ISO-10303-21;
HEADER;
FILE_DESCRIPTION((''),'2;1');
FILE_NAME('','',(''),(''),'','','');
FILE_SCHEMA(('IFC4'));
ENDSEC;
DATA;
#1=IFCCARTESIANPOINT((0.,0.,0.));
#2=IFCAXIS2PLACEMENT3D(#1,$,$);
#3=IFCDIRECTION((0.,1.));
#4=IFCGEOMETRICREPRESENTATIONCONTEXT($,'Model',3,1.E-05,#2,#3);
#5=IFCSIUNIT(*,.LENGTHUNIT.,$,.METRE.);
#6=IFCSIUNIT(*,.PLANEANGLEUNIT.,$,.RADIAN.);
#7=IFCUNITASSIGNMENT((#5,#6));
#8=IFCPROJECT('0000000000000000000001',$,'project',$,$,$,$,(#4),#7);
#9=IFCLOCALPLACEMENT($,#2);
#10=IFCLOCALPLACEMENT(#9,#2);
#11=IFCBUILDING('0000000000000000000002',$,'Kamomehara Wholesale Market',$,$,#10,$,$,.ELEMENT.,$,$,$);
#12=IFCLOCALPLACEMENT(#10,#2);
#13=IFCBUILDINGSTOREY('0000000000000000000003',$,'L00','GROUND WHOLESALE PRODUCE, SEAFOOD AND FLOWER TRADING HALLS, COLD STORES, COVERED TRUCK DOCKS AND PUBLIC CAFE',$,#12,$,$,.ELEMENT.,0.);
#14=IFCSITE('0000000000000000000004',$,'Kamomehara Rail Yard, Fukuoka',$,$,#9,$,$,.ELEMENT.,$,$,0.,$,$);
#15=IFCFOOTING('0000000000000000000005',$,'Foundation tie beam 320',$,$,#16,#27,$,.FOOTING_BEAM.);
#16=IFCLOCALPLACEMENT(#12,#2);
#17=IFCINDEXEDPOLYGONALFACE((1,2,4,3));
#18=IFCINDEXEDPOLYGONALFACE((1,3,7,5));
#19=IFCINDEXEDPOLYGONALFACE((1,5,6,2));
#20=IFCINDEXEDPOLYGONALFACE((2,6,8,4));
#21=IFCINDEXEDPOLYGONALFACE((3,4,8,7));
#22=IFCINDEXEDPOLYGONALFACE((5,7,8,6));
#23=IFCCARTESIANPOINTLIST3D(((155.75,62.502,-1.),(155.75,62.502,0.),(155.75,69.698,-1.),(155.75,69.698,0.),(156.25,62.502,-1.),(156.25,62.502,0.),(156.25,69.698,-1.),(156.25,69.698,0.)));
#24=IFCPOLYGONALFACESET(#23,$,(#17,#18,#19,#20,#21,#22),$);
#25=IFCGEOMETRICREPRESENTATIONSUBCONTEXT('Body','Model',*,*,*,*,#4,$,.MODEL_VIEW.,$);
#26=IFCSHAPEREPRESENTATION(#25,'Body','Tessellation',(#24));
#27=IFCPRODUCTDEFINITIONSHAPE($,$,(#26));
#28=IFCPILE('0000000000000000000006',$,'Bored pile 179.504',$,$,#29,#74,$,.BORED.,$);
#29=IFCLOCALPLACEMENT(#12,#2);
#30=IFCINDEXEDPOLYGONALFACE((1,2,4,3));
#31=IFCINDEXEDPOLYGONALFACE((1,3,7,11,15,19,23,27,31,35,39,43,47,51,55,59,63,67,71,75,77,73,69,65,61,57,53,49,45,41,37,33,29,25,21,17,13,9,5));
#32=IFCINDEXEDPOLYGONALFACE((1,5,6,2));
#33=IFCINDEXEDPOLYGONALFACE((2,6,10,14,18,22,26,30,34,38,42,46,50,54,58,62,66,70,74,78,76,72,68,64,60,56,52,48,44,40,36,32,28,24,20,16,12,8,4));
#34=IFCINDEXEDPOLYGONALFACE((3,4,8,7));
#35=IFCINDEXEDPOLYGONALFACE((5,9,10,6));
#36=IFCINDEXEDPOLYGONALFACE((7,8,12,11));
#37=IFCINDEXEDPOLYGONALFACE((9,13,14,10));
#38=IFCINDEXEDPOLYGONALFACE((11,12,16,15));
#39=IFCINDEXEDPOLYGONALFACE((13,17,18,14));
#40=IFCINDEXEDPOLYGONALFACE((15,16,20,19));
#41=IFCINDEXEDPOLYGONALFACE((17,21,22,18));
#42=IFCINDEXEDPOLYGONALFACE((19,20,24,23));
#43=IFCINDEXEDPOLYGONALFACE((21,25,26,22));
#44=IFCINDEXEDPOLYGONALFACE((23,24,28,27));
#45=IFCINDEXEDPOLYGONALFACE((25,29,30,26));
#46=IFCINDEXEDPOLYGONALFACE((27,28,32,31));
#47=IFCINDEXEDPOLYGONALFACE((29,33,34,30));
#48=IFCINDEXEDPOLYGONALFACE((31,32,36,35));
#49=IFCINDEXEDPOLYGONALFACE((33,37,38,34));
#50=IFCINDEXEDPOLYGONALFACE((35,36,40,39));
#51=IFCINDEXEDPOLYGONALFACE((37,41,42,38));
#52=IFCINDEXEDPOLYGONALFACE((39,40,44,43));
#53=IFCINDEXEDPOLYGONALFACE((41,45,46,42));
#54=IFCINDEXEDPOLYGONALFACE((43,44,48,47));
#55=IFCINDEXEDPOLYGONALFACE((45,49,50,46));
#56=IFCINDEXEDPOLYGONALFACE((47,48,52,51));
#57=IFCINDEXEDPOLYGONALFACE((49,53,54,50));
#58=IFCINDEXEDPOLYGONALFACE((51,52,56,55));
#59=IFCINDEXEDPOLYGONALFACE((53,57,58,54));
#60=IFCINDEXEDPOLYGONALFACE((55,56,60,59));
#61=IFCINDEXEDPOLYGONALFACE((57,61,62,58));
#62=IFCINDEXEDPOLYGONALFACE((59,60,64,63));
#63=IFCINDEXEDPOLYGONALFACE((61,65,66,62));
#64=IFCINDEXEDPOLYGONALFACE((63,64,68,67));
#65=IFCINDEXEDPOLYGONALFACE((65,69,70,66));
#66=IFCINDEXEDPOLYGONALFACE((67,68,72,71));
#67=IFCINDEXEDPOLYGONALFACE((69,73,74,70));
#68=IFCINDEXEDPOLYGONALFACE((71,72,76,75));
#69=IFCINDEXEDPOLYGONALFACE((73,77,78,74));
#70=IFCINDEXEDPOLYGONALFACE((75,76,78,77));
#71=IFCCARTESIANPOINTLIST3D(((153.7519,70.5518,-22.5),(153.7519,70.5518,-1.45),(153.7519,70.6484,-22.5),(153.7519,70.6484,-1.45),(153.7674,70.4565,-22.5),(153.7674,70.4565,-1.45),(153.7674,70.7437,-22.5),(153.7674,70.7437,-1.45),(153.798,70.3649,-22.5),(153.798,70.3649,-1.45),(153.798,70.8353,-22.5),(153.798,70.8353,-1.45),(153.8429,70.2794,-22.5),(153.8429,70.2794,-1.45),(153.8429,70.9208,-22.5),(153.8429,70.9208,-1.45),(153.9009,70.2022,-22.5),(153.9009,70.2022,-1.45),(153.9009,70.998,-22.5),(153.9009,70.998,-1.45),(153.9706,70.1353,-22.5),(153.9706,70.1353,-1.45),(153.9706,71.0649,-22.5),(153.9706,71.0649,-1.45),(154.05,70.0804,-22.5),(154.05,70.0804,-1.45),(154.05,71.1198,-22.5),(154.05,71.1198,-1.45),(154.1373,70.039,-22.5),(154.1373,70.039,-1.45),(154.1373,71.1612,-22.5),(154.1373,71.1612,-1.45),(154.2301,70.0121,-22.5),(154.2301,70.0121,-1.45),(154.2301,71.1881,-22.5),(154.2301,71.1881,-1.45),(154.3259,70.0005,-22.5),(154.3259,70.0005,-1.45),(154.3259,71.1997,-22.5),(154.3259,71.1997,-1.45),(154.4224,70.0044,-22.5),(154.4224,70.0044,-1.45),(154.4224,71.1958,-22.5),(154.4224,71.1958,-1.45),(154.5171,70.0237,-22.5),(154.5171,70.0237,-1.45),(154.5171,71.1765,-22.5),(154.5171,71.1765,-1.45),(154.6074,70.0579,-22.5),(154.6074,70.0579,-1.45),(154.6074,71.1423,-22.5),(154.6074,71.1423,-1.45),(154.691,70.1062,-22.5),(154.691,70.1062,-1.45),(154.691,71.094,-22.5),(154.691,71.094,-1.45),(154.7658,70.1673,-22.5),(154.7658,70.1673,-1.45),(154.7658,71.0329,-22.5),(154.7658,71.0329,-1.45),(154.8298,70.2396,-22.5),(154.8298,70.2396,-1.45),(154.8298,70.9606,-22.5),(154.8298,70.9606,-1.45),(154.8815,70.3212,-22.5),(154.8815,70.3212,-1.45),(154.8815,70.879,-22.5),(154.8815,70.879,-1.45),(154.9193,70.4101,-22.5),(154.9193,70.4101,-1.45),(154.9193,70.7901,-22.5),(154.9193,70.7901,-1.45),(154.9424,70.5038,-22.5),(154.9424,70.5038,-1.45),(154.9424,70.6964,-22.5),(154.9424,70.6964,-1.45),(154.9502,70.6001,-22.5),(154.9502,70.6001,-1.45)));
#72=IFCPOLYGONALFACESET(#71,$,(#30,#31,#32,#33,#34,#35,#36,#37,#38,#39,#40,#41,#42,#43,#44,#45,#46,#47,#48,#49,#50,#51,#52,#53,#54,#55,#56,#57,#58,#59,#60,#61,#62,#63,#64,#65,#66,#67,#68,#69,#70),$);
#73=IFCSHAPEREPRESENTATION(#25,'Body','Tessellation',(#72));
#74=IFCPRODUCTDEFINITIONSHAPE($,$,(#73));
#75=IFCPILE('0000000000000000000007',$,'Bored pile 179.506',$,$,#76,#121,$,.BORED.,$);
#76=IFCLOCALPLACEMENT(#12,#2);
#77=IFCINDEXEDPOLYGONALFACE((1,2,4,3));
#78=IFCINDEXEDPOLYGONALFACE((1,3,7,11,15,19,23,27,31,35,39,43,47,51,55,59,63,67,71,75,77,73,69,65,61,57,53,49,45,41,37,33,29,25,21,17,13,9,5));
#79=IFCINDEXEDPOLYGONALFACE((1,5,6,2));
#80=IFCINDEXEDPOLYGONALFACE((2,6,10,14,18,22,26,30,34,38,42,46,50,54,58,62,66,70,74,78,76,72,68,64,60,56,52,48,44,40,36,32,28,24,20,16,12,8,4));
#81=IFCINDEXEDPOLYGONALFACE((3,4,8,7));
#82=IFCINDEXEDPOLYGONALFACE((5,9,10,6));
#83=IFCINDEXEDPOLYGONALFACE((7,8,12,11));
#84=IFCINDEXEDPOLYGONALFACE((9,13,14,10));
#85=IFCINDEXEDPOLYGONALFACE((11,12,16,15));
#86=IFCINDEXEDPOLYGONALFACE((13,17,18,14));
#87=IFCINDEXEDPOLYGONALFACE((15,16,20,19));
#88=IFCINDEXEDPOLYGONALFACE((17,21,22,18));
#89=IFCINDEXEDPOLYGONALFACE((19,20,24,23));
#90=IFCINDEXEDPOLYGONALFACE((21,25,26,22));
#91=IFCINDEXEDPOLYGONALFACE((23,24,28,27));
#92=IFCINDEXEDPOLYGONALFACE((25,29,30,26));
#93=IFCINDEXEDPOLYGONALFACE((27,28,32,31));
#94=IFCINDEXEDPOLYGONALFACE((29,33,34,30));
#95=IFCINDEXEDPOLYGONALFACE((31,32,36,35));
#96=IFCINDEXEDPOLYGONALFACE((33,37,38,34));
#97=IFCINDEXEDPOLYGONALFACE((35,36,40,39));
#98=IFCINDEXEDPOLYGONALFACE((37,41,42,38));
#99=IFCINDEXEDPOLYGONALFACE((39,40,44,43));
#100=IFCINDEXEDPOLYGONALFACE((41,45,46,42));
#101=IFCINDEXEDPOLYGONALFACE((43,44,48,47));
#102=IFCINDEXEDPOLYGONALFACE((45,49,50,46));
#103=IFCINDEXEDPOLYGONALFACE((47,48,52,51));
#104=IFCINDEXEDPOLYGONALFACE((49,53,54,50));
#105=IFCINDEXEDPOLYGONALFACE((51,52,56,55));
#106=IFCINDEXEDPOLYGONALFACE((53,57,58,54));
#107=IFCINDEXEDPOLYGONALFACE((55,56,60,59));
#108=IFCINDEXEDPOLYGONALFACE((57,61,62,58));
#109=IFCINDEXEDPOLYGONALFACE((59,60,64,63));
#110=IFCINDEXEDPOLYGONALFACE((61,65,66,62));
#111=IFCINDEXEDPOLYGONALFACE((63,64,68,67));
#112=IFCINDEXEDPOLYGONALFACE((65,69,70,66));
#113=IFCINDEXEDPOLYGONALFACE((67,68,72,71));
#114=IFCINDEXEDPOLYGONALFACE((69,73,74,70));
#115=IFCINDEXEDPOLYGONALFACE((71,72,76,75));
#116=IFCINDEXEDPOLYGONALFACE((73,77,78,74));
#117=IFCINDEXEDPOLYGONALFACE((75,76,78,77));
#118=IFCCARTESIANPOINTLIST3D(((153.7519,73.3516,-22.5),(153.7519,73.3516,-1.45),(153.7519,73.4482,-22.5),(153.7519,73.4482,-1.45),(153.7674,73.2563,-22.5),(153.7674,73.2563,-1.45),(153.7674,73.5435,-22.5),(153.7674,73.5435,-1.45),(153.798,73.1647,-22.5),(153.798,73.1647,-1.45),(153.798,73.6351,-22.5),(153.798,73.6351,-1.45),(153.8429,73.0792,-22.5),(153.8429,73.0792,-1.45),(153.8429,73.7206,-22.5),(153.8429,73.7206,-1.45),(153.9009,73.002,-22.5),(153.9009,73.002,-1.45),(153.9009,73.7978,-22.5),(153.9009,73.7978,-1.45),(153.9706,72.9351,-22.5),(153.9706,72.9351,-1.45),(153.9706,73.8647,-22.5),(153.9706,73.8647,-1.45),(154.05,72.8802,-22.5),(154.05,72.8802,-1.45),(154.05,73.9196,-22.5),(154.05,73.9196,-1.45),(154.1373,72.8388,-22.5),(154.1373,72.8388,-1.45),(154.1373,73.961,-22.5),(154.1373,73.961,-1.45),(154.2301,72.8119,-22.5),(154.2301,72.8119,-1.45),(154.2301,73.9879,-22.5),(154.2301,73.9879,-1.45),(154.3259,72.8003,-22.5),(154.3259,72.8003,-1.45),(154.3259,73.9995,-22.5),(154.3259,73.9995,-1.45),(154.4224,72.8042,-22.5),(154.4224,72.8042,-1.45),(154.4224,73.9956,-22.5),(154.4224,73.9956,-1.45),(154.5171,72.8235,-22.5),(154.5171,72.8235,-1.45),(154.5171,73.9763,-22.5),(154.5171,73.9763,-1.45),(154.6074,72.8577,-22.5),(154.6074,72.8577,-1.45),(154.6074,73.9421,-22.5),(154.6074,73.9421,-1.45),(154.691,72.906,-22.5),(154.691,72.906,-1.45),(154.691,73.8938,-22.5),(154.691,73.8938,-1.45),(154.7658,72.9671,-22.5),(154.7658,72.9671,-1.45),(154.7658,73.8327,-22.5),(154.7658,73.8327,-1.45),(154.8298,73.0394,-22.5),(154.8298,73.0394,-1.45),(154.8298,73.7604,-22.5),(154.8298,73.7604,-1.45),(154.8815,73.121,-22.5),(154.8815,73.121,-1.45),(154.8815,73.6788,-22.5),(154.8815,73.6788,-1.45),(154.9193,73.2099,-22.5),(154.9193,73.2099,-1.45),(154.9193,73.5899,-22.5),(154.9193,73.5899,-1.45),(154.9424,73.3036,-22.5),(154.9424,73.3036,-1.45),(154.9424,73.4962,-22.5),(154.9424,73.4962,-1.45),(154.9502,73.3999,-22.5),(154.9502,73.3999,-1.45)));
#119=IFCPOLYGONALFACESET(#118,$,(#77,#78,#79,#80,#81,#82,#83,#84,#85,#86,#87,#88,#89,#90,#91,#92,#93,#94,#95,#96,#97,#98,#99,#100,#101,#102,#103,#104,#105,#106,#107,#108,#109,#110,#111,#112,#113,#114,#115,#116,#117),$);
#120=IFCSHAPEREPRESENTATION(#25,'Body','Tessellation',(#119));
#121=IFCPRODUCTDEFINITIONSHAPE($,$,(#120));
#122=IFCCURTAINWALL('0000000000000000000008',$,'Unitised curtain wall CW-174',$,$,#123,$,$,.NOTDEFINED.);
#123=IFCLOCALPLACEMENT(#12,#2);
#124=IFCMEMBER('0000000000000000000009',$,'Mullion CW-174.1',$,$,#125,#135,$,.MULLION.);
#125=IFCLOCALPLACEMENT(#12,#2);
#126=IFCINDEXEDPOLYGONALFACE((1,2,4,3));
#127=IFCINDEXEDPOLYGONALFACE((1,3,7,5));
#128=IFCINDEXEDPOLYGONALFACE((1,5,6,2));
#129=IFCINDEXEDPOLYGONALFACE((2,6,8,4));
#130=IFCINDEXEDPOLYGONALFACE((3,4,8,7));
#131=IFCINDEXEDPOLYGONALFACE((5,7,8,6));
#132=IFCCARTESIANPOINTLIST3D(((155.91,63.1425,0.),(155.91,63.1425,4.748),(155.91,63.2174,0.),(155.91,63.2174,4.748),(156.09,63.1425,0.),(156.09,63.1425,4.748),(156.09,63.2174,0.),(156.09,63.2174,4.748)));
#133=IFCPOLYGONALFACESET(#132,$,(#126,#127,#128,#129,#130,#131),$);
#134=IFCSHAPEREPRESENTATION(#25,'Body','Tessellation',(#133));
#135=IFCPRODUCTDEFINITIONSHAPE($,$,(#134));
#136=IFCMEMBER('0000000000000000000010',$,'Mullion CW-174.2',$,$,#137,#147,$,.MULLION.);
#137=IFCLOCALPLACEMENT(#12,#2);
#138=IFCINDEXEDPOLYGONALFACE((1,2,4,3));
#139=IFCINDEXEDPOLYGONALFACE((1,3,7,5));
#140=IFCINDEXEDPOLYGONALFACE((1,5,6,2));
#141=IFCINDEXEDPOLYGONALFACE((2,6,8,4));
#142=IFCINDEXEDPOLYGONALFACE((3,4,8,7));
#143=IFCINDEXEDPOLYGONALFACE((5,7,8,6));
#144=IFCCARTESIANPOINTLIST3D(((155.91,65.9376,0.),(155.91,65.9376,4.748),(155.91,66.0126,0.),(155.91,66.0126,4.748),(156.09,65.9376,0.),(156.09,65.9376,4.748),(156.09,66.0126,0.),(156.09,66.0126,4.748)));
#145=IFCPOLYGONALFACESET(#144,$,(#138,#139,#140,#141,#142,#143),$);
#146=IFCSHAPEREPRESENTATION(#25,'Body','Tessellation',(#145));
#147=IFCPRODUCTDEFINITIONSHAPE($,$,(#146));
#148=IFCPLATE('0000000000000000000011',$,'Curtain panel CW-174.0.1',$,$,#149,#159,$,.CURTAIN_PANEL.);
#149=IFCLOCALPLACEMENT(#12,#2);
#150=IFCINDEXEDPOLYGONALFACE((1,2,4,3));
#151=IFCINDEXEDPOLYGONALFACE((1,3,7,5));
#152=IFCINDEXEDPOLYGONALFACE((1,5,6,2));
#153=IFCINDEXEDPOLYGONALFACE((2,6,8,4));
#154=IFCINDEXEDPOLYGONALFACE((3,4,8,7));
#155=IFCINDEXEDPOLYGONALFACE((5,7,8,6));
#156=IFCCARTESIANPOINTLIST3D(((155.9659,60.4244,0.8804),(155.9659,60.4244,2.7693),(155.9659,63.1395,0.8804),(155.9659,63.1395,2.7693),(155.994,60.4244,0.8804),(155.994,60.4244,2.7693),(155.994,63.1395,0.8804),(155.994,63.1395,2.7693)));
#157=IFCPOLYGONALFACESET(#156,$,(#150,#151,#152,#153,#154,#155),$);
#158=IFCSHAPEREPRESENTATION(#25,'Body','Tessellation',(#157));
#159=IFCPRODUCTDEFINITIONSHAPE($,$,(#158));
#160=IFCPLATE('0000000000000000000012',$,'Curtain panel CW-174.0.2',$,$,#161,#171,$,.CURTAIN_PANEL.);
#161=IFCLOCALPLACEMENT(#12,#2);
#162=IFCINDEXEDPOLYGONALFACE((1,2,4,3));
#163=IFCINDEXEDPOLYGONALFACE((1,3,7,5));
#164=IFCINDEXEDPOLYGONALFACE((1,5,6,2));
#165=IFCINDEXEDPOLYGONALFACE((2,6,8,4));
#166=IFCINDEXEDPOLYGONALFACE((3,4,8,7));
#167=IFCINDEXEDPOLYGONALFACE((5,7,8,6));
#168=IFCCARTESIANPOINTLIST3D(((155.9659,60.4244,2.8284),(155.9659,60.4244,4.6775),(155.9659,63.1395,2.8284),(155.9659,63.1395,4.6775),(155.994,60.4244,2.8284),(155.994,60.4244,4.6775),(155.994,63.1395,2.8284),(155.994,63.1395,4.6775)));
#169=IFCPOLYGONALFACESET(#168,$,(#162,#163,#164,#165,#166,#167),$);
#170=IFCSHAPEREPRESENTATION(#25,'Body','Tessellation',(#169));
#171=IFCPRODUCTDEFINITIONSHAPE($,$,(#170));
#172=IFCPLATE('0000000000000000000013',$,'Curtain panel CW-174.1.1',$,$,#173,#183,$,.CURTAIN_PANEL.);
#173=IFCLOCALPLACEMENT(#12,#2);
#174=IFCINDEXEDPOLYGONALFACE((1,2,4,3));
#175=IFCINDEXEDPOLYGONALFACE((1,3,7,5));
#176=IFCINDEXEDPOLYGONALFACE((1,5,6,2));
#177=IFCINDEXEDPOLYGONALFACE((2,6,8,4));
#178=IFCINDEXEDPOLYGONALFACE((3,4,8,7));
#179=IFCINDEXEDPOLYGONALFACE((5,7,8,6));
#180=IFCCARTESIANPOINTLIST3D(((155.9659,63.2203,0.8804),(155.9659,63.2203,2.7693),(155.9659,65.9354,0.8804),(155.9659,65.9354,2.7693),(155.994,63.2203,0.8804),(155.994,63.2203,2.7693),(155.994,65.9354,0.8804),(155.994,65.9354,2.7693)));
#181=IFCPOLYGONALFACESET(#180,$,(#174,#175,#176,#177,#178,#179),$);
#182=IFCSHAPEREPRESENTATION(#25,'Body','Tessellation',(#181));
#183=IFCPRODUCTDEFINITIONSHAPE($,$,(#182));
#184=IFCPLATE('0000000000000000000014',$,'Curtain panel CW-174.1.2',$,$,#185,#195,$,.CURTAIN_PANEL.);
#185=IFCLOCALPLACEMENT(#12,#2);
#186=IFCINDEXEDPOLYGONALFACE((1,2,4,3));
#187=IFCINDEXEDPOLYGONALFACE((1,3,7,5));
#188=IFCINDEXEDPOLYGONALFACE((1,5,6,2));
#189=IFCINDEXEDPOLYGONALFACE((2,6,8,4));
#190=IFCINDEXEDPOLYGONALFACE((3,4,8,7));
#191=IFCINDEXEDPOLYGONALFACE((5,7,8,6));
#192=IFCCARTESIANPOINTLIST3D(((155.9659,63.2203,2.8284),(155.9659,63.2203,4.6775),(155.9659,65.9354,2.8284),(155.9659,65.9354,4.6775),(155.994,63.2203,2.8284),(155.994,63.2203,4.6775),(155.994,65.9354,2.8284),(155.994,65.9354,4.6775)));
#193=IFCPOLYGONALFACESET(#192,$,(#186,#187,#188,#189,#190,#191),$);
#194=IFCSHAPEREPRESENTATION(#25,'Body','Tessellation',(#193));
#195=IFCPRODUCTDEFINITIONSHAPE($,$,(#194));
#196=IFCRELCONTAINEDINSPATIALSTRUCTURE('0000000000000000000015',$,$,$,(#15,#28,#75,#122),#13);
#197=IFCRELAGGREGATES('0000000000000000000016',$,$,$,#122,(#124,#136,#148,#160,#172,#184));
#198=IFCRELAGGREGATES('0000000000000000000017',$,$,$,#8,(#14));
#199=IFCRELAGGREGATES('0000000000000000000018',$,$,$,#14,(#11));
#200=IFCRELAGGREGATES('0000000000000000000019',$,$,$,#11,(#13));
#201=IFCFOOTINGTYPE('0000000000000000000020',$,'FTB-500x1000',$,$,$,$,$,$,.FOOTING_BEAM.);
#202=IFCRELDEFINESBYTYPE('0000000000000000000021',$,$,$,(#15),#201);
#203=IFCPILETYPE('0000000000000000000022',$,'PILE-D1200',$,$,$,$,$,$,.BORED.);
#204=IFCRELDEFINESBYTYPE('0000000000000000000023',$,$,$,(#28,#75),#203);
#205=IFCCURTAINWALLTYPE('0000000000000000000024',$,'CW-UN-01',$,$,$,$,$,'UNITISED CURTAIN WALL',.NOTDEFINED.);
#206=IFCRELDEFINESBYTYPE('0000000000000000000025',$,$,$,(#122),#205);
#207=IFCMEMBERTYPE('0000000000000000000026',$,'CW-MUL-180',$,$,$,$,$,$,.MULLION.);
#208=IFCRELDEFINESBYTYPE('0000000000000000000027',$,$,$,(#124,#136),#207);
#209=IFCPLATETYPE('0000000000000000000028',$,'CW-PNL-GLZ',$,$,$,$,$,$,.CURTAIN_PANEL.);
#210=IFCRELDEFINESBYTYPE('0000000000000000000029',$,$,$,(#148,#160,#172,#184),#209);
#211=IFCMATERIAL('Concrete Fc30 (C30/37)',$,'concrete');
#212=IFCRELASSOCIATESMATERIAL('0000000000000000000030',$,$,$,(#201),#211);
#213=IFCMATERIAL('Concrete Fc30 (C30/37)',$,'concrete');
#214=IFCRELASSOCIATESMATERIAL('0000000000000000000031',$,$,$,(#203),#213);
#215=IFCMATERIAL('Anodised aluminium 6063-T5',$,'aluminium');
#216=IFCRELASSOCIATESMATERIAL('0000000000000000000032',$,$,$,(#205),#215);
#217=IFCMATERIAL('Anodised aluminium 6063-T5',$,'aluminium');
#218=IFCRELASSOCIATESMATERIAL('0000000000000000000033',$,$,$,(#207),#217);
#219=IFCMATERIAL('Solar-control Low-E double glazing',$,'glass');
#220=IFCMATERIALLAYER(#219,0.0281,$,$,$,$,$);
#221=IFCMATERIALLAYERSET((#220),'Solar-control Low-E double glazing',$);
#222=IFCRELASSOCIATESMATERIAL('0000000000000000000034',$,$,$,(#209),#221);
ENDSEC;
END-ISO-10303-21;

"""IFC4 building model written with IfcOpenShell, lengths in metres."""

from ifc_helpers import new_model, si_unit, direction, frame, origin, origin_2d, place, context, subcontext, project, spatial, rectangle, circle, extrude, material, layer, layer_set, material_profile, profile_set, type_object, element, aggregate, save


model = new_model("IFC4")

# Units and contexts
model_context = context("Model", 3, precision=1e-05, world=origin(), true_north=direction((0.0, 1.0)))
body_context = subcontext(model_context, "Body", "Model", "MODEL_VIEW")
ifc_project = project(units=[si_unit("LENGTHUNIT", "METRE"), si_unit("PLANEANGLEUNIT", "RADIAN")], contexts=[model_context])

# Site, building, storey
site_placement = place(None, origin())
site = spatial("IfcSite", under=ifc_project, at=site_placement, Name="Kamomehara Rail Yard, Fukuoka", CompositionType="ELEMENT", RefElevation=0.0)
building_placement = place(site_placement, origin())
building = spatial("IfcBuilding", under=site, at=building_placement, Name="Kamomehara Wholesale Market", CompositionType="ELEMENT")
storey_placement = place(building_placement, origin())
storey = spatial("IfcBuildingStorey", under=building, at=storey_placement, Name="L00", Description="GROUND WHOLESALE PRODUCE, SEAFOOD AND FLOWER TRADING HALLS, COLD STORES, COVERED TRUCK DOCKS AND PUBLIC CAFE", CompositionType="ELEMENT", Elevation=0.0)

# Footing
ifc_material_1 = material(Name="Concrete Fc30 (C30/37)", Category="concrete")
ifc_material_profile_1 = material_profile(ifc_material_1, rectangle(XDim=0.5, YDim=1.0, at=origin_2d()), Name="RC-FTB-500x1000")
ifc_profile_set_1 = profile_set([ifc_material_profile_1], Name="Concrete Fc30 (C30/37)")
footing_type = type_object("IfcFootingType", Name="FTB-500x1000", PredefinedType="FOOTING_BEAM", material=ifc_profile_set_1)
footing_placement = place(storey_placement, frame((156.0, 62.502, -0.5), z_axis=(0.0, 1.0, 0.0), x_axis=(-1.0, 0.0, 0.0)))
element("IfcFooting", 1, at=footing_placement, inside=storey, type_object=footing_type, Name="Foundation tie beam 320", PredefinedType="FOOTING_BEAM", context=body_context, shape_type="SweptSolid", body=[
    extrude(rectangle(XDim=0.5, YDim=1.0, at=origin_2d()), origin(), (0.0, 0.0, 1.0), 7.196),
])

# Piles
ifc_material_2 = material(Name="Concrete Fc30 (C30/37)", Category="concrete")
ifc_material_profile_2 = material_profile(ifc_material_2, circle(Radius=0.6001, at=origin_2d()), Name="RC-PILE-D1200")
ifc_profile_set_2 = profile_set([ifc_material_profile_2], Name="Concrete Fc30 (C30/37)")
pile_type = type_object("IfcPileType", Name="PILE-D1200", PredefinedType="BORED", material=ifc_profile_set_2)
for number, where, z_axis, x_axis, name in (
    (2, (154.3501, 70.6001, -1.45), (0.0, 0.0, -1.0), (1.0, 0.0, 0.0), "Bored pile 179.504"),
    (3, (154.3501, 73.3999, -1.45), (0.0, 0.0, -1.0), (1.0, 0.0, 0.0), "Bored pile 179.506"),
):
    element("IfcPile", number, at=place(storey_placement, frame(where, z_axis=z_axis, x_axis=x_axis)), inside=storey, type_object=pile_type, Name=name, PredefinedType="BORED", context=body_context, shape_type="SweptSolid", body=[
        extrude(circle(Radius=0.6001, at=origin_2d()), origin(), (0.0, 0.0, 1.0), 21.05),
    ])

# Curtain wall, members, plates
ifc_material_3 = material(Name="Anodised aluminium 6063-T5", Category="aluminium")
curtain_wall_type = type_object("IfcCurtainWallType", Name="CW-UN-01", ElementType="UNITISED CURTAIN WALL", PredefinedType="NOTDEFINED", material=ifc_material_3)
curtain_wall_1_placement = place(storey_placement, origin())
curtain_wall_1 = element("IfcCurtainWall", 4, at=curtain_wall_1_placement, inside=storey, type_object=curtain_wall_type, Name="Unitised curtain wall CW-174", PredefinedType="NOTDEFINED")
ifc_material_4 = material(Name="Anodised aluminium 6063-T5", Category="aluminium")
ifc_material_profile_3 = material_profile(ifc_material_4, rectangle(XDim=0.075, YDim=0.1799, at=origin_2d()), Name="ALU-MUL-75x180")
ifc_profile_set_3 = profile_set([ifc_material_profile_3], Name="Anodised aluminium 6063-T5")
member_type = type_object("IfcMemberType", Name="CW-MUL-180", PredefinedType="MULLION", material=ifc_profile_set_3)
member_1_placement = place(storey_placement, frame((156.0, 63.1799, 0.0), z_axis=(0.0, 0.0, 1.0), x_axis=(0.0, 1.0, 0.0)))
member_1 = element("IfcMember", 5, at=member_1_placement, type_object=member_type, Name="Mullion CW-174.1", PredefinedType="MULLION", context=body_context, shape_type="SweptSolid", body=[
    extrude(rectangle(XDim=0.075, YDim=0.1799, at=origin_2d()), origin(), (0.0, 0.0, 1.0), 4.748),
])
member_2_placement = place(storey_placement, frame((156.0, 65.9751, 0.0), z_axis=(0.0, 0.0, 1.0), x_axis=(0.0, 1.0, 0.0)))
member_2 = element("IfcMember", 6, at=member_2_placement, type_object=member_type, Name="Mullion CW-174.2", PredefinedType="MULLION", context=body_context, shape_type="SweptSolid", body=[
    extrude(rectangle(XDim=0.075, YDim=0.1799, at=origin_2d()), origin(), (0.0, 0.0, 1.0), 4.748),
])
ifc_material_5 = material(Name="Solar-control Low-E double glazing", Category="glass")
ifc_layer_1 = layer(ifc_material_5, 0.0281)
ifc_layer_set_1 = layer_set([ifc_layer_1], Name="Solar-control Low-E double glazing")
plate_type_1 = type_object("IfcPlateType", Name="CW-PNL-GLZ", PredefinedType="CURTAIN_PANEL", material=ifc_layer_set_1)
plate_1_placement = place(storey_placement, frame((155.98, 61.782, 0.8804), z_axis=(0.0, 0.0, 1.0), x_axis=(0.0, 1.0, 0.0)))
plate_1 = element("IfcPlate", 7, at=plate_1_placement, type_object=plate_type_1, Name="Curtain panel CW-174.0.1", PredefinedType="CURTAIN_PANEL", context=body_context, shape_type="SweptSolid", body=[
    extrude(rectangle(XDim=2.7151, YDim=0.0281, at=origin_2d()), origin(), (0.0, 0.0, 1.0), 1.8889),
])
plate_2_placement = place(storey_placement, frame((155.98, 61.782, 2.8284), z_axis=(0.0, 0.0, 1.0), x_axis=(0.0, 1.0, 0.0)))
plate_2 = element("IfcPlate", 8, at=plate_2_placement, type_object=plate_type_1, Name="Curtain panel CW-174.0.2", PredefinedType="CURTAIN_PANEL", context=body_context, shape_type="SweptSolid", body=[
    extrude(rectangle(XDim=2.7151, YDim=0.0281, at=origin_2d()), origin(), (0.0, 0.0, 1.0), 1.8491),
])
plate_3_placement = place(storey_placement, frame((155.98, 64.5779, 0.8804), z_axis=(0.0, 0.0, 1.0), x_axis=(0.0, 1.0, 0.0)))
plate_3 = element("IfcPlate", 9, at=plate_3_placement, type_object=plate_type_1, Name="Curtain panel CW-174.1.1", PredefinedType="CURTAIN_PANEL", context=body_context, shape_type="SweptSolid", body=[
    extrude(rectangle(XDim=2.7151, YDim=0.0281, at=origin_2d()), origin(), (0.0, 0.0, 1.0), 1.8889),
])
plate_4_placement = place(storey_placement, frame((155.98, 64.5779, 2.8284), z_axis=(0.0, 0.0, 1.0), x_axis=(0.0, 1.0, 0.0)))
plate_4 = element("IfcPlate", 10, at=plate_4_placement, type_object=plate_type_1, Name="Curtain panel CW-174.1.2", PredefinedType="CURTAIN_PANEL", context=body_context, shape_type="SweptSolid", body=[
    extrude(rectangle(XDim=2.7151, YDim=0.0281, at=origin_2d()), origin(), (0.0, 0.0, 1.0), 1.8491),
])

aggregate(curtain_wall_1, [member_1, member_2, plate_1, plate_2, plate_3, plate_4])

save(model, "model.ifc")
